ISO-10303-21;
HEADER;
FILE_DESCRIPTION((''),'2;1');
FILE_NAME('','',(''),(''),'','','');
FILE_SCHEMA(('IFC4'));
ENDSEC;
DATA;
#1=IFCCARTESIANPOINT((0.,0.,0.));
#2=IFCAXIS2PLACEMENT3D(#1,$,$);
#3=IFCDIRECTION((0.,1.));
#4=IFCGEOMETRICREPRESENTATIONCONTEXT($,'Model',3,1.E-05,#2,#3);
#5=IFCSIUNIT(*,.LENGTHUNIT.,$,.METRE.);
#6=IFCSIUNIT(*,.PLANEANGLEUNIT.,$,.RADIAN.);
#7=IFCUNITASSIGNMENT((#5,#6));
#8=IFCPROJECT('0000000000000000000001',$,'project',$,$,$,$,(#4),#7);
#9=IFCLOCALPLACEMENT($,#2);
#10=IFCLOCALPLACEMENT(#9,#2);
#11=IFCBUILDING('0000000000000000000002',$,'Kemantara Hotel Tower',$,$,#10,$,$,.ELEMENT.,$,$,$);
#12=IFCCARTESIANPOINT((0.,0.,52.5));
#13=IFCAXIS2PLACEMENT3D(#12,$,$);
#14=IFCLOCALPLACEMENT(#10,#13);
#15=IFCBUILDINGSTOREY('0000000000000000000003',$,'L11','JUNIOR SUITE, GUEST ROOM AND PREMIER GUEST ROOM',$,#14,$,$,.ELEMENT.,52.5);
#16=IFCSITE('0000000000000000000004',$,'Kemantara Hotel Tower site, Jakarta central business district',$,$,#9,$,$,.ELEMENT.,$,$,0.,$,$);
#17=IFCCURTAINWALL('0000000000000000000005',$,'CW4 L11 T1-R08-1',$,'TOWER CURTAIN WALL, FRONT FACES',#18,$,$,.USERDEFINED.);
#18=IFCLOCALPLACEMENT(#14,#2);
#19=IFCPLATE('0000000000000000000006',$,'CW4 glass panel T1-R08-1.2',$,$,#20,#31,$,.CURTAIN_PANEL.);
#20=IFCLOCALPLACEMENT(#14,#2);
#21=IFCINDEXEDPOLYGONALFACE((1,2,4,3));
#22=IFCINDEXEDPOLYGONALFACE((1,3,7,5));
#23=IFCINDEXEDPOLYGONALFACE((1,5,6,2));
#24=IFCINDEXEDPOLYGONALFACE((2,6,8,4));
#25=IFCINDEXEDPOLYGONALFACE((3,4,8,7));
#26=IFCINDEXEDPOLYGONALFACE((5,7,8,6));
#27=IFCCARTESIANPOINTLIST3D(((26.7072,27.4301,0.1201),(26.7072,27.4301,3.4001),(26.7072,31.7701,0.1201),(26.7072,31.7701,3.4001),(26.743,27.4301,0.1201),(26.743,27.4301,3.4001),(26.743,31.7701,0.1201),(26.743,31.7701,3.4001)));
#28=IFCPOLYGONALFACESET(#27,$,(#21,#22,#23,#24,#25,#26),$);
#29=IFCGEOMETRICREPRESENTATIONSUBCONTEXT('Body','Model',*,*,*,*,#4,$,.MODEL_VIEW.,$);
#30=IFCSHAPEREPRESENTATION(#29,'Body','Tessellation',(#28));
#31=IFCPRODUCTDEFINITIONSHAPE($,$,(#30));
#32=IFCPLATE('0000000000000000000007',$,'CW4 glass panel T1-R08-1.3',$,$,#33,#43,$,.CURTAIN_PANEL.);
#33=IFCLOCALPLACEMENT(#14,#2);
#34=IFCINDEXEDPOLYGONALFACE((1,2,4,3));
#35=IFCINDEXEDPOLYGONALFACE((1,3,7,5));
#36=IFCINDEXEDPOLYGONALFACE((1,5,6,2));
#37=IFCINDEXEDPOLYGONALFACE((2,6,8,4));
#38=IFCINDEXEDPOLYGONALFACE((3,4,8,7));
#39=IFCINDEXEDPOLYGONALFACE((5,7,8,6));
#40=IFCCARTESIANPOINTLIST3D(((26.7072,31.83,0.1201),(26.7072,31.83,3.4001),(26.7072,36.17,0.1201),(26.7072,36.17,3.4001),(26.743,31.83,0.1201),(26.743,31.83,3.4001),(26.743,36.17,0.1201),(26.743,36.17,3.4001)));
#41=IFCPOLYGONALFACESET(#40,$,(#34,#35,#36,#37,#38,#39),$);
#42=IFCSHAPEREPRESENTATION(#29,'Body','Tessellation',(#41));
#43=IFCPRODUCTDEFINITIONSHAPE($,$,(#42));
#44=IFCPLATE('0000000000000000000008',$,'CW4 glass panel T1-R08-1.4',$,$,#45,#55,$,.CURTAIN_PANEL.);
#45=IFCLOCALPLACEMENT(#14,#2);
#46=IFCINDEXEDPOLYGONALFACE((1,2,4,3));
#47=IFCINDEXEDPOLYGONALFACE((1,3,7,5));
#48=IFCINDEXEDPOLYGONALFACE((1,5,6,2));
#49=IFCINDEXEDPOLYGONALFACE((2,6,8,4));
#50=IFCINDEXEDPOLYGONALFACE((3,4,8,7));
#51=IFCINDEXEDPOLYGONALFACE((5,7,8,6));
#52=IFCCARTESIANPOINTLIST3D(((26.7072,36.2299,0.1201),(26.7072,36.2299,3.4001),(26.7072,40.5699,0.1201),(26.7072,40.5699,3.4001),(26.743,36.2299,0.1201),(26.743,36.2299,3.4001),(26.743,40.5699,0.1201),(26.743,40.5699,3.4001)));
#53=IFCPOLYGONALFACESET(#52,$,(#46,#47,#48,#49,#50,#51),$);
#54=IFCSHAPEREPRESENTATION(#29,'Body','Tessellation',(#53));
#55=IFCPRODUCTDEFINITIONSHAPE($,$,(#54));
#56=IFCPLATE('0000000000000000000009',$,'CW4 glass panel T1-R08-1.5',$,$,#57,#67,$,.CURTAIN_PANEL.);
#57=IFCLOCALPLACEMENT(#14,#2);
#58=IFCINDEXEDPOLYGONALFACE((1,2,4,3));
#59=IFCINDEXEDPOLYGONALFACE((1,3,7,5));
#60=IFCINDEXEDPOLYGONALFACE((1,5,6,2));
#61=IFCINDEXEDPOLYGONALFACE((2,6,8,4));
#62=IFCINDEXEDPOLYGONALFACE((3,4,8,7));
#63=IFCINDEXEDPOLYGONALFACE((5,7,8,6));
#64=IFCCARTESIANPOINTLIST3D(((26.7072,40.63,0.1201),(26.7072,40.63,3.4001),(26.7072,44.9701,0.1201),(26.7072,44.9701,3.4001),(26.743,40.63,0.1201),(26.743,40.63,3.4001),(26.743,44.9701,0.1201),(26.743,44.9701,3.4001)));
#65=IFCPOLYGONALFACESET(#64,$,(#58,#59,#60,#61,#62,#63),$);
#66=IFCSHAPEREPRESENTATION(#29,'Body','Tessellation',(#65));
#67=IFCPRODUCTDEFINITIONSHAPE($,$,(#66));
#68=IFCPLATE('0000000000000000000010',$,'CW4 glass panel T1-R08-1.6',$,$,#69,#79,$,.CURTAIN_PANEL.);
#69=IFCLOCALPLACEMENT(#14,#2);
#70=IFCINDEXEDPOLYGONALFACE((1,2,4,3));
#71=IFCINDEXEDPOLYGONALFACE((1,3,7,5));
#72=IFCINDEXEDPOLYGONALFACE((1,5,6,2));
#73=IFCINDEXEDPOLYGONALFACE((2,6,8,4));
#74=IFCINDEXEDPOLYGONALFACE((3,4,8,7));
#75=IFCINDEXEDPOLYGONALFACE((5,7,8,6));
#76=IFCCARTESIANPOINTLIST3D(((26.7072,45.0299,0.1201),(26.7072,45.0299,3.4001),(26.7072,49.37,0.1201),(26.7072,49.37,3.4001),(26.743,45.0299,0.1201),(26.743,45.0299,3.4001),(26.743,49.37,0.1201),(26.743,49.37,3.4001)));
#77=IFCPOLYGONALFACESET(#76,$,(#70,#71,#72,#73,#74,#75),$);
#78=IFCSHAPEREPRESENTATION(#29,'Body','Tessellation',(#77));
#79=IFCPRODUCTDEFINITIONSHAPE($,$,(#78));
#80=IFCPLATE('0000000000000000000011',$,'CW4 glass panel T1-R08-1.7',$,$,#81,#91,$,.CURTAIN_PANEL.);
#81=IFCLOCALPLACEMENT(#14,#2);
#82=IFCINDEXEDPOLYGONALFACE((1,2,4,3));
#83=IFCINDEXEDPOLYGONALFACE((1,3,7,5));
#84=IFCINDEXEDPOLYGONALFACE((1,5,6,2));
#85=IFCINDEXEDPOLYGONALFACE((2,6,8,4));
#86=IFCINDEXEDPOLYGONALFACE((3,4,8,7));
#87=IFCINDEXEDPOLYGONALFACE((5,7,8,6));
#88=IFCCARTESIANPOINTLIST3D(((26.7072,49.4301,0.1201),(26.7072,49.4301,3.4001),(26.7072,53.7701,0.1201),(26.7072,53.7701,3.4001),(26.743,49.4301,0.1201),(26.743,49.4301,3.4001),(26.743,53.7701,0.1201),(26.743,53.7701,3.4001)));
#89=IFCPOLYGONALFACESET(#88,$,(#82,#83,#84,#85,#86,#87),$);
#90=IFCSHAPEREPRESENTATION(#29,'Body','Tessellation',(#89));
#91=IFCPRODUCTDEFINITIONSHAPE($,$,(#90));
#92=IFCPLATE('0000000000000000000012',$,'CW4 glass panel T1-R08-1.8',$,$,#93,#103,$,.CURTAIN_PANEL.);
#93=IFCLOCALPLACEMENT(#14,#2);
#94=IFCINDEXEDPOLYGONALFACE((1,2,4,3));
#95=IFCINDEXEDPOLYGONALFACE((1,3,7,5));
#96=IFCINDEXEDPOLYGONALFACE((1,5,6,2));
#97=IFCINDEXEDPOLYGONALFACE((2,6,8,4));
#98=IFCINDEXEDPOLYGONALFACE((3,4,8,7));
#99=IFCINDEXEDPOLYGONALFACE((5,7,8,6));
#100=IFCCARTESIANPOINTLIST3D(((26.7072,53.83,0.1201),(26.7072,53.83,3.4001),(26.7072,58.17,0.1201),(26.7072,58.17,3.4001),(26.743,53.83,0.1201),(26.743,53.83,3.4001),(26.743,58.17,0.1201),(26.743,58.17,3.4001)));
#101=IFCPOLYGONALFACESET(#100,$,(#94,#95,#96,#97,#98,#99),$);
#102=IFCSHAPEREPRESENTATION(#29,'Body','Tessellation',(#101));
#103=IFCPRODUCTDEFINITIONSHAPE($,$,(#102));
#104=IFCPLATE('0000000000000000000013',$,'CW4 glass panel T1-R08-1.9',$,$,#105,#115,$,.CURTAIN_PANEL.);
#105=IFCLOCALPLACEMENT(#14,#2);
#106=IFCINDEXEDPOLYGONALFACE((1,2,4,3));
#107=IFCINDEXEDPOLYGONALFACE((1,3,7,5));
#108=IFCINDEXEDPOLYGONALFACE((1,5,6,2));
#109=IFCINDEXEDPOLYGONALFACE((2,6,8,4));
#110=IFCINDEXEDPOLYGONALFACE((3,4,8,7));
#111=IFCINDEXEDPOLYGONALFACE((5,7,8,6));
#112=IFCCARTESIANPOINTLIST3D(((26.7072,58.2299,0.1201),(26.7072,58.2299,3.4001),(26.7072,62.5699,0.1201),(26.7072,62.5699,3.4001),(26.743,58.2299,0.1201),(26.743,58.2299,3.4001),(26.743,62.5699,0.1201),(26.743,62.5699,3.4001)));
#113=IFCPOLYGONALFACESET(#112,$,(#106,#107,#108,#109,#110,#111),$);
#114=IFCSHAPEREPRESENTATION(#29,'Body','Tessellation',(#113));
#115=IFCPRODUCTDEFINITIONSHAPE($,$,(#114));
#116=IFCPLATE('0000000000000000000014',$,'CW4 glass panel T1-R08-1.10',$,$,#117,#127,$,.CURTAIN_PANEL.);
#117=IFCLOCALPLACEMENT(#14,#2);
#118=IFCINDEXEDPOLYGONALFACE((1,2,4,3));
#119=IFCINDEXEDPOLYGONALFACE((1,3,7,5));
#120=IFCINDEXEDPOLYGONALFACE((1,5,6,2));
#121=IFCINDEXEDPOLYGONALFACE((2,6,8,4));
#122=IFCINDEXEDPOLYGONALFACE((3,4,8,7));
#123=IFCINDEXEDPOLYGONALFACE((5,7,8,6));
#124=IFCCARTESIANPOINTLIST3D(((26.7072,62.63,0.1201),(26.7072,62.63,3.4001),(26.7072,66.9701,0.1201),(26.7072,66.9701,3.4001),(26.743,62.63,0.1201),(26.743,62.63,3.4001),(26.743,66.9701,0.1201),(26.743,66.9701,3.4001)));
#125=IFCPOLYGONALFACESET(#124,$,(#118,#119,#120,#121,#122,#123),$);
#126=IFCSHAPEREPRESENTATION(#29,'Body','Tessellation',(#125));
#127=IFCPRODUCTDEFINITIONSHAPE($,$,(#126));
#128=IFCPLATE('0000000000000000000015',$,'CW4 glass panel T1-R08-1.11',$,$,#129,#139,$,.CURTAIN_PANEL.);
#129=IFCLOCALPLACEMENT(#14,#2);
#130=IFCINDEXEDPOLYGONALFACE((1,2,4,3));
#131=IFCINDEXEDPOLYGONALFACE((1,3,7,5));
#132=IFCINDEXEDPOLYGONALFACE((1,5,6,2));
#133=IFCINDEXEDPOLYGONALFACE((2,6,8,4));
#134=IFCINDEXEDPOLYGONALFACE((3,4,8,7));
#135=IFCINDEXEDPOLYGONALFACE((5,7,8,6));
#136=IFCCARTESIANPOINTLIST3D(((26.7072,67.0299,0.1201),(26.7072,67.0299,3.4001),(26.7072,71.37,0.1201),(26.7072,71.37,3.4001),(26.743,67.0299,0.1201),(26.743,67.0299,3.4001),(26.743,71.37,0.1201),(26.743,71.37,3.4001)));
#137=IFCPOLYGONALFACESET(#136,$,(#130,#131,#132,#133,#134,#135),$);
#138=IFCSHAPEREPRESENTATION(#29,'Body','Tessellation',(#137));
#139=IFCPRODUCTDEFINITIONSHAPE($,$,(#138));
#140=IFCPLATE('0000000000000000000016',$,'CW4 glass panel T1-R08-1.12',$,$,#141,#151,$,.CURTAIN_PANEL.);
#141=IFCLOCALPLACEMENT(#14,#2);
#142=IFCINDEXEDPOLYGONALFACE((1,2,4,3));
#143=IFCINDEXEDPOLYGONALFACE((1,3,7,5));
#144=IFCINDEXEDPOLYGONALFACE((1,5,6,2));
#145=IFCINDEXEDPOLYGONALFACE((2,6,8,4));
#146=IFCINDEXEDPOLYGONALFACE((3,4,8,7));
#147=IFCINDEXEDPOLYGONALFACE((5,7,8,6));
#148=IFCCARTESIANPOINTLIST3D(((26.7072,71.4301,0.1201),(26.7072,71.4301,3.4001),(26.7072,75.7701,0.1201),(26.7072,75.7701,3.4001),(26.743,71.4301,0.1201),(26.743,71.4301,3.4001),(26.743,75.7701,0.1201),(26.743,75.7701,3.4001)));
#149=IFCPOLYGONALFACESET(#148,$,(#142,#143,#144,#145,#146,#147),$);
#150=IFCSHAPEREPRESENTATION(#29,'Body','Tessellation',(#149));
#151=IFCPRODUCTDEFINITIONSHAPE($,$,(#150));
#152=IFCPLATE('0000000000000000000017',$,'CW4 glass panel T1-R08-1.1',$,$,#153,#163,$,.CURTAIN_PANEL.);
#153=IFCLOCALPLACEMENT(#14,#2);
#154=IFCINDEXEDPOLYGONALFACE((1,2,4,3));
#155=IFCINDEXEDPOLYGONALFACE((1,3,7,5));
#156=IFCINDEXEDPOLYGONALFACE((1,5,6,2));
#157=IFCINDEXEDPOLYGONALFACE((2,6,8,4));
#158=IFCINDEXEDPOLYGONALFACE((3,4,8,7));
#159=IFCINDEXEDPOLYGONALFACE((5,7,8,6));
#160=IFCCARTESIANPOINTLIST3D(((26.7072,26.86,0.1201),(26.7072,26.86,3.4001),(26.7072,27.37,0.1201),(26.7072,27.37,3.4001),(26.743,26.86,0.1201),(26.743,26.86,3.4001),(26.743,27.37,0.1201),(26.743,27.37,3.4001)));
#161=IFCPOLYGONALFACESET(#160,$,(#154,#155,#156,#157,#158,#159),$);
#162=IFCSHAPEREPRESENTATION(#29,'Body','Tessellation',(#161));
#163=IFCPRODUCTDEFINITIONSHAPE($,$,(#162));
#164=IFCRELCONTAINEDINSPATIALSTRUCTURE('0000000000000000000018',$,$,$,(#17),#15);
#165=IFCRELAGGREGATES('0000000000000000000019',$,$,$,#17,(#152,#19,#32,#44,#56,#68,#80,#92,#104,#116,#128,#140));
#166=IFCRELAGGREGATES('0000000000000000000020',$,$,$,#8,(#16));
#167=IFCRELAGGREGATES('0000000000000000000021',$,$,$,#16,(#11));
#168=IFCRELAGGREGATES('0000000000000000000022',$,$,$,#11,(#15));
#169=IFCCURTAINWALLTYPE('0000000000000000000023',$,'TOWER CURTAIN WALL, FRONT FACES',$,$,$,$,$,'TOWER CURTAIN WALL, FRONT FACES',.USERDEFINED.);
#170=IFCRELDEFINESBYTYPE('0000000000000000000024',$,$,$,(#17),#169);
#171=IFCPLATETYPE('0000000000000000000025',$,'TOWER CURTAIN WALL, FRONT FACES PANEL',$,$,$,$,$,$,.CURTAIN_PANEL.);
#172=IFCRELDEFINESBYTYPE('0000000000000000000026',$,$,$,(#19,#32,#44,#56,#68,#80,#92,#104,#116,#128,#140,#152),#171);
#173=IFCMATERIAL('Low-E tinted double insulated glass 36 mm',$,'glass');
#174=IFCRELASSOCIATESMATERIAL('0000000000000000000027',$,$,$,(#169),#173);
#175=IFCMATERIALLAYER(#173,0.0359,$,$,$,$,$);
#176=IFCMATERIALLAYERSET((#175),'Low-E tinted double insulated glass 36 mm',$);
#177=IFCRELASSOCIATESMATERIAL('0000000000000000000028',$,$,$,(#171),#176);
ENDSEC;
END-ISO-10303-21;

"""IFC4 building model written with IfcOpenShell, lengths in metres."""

from ifc_helpers import new_model, si_unit, direction, frame, origin, origin_2d, place, context, subcontext, project, spatial, rectangle, extrude, source, transform, mapped, material, layer, layer_set, type_object, element, aggregate, save


model = new_model("IFC4")

# Units and contexts
model_context = context("Model", 3, precision=1e-05, world=origin(), true_north=direction((0.0, 1.0)))
body_context = subcontext(model_context, "Body", "Model", "MODEL_VIEW")
ifc_project = project(units=[si_unit("LENGTHUNIT", "METRE"), si_unit("PLANEANGLEUNIT", "RADIAN")], contexts=[model_context])

# Site, building, storey
site_placement = place(None, origin())
site = spatial("IfcSite", under=ifc_project, at=site_placement, Name="Kemantara Hotel Tower site, Jakarta central business district", CompositionType="ELEMENT", RefElevation=0.0)
building_placement = place(site_placement, origin())
building = spatial("IfcBuilding", under=site, at=building_placement, Name="Kemantara Hotel Tower", CompositionType="ELEMENT")
storey_placement = place(building_placement, frame((0.0, 0.0, 52.5)))
storey = spatial("IfcBuildingStorey", under=building, at=storey_placement, Name="L11", Description="JUNIOR SUITE, GUEST ROOM AND PREMIER GUEST ROOM", CompositionType="ELEMENT", Elevation=52.5)

# Curtain wall
ifc_material_1 = material(Name="Low-E tinted double insulated glass 36 mm", Category="glass")
curtain_wall_type = type_object("IfcCurtainWallType", Name="TOWER CURTAIN WALL, FRONT FACES", ElementType="TOWER CURTAIN WALL, FRONT FACES", PredefinedType="USERDEFINED", material=ifc_material_1)
curtain_wall_1_placement = place(storey_placement, origin())
curtain_wall_1 = element("IfcCurtainWall", 1, at=curtain_wall_1_placement, inside=storey, type_object=curtain_wall_type, Name="CW4 L11 T1-R08-1", ObjectType="TOWER CURTAIN WALL, FRONT FACES", PredefinedType="USERDEFINED")

# Plates
ifc_layer = layer(ifc_material_1, 0.0359)
ifc_layer_set = layer_set([ifc_layer], Name="Low-E tinted double insulated glass 36 mm")
plate_type = type_object("IfcPlateType", Name="TOWER CURTAIN WALL, FRONT FACES PANEL", PredefinedType="CURTAIN_PANEL", material=ifc_layer_set)
shared_shape_1 = source(origin(), body_context, "Body", "SweptSolid", [
    extrude(rectangle(XDim=4.3401, YDim=0.0359, at=origin_2d()), origin(), (0.0, 0.0, 1.0), 3.28),
])
plate_1_placement = place(storey_placement, frame((26.7251, 29.6001, 0.1201), z_axis=(0.0, 0.0, 1.0), x_axis=(0.0, 1.0, 0.0)))
plate_1 = element("IfcPlate", 2, at=plate_1_placement, type_object=plate_type, Name="CW4 glass panel T1-R08-1.2", PredefinedType="CURTAIN_PANEL", context=body_context, shape_type="MappedRepresentation", body=[
    mapped(shared_shape_1, transform((0.0, 0.0, 0.0))),
])
plate_2_placement = place(storey_placement, frame((26.7251, 34.0, 0.1201), z_axis=(0.0, 0.0, 1.0), x_axis=(0.0, 1.0, 0.0)))
plate_2 = element("IfcPlate", 3, at=plate_2_placement, type_object=plate_type, Name="CW4 glass panel T1-R08-1.3", PredefinedType="CURTAIN_PANEL", context=body_context, shape_type="MappedRepresentation", body=[
    mapped(shared_shape_1, transform((0.0, 0.0, 0.0))),
])
plate_3_placement = place(storey_placement, frame((26.7251, 38.3999, 0.1201), z_axis=(0.0, 0.0, 1.0), x_axis=(0.0, 1.0, 0.0)))
plate_3 = element("IfcPlate", 4, at=plate_3_placement, type_object=plate_type, Name="CW4 glass panel T1-R08-1.4", PredefinedType="CURTAIN_PANEL", context=body_context, shape_type="MappedRepresentation", body=[
    mapped(shared_shape_1, transform((0.0, 0.0, 0.0))),
])
plate_4_placement = place(storey_placement, frame((26.7251, 42.8, 0.1201), z_axis=(0.0, 0.0, 1.0), x_axis=(0.0, 1.0, 0.0)))
plate_4 = element("IfcPlate", 5, at=plate_4_placement, type_object=plate_type, Name="CW4 glass panel T1-R08-1.5", PredefinedType="CURTAIN_PANEL", context=body_context, shape_type="MappedRepresentation", body=[
    mapped(shared_shape_1, transform((0.0, 0.0, 0.0))),
])
plate_5_placement = place(storey_placement, frame((26.7251, 47.2, 0.1201), z_axis=(0.0, 0.0, 1.0), x_axis=(0.0, 1.0, 0.0)))
plate_5 = element("IfcPlate", 6, at=plate_5_placement, type_object=plate_type, Name="CW4 glass panel T1-R08-1.6", PredefinedType="CURTAIN_PANEL", context=body_context, shape_type="MappedRepresentation", body=[
    mapped(shared_shape_1, transform((0.0, 0.0, 0.0))),
])
plate_6_placement = place(storey_placement, frame((26.7251, 51.6001, 0.1201), z_axis=(0.0, 0.0, 1.0), x_axis=(0.0, 1.0, 0.0)))
plate_6 = element("IfcPlate", 7, at=plate_6_placement, type_object=plate_type, Name="CW4 glass panel T1-R08-1.7", PredefinedType="CURTAIN_PANEL", context=body_context, shape_type="MappedRepresentation", body=[
    mapped(shared_shape_1, transform((0.0, 0.0, 0.0))),
])
plate_7_placement = place(storey_placement, frame((26.7251, 56.0, 0.1201), z_axis=(0.0, 0.0, 1.0), x_axis=(0.0, 1.0, 0.0)))
plate_7 = element("IfcPlate", 8, at=plate_7_placement, type_object=plate_type, Name="CW4 glass panel T1-R08-1.8", PredefinedType="CURTAIN_PANEL", context=body_context, shape_type="MappedRepresentation", body=[
    mapped(shared_shape_1, transform((0.0, 0.0, 0.0))),
])
plate_8_placement = place(storey_placement, frame((26.7251, 60.3999, 0.1201), z_axis=(0.0, 0.0, 1.0), x_axis=(0.0, 1.0, 0.0)))
plate_8 = element("IfcPlate", 9, at=plate_8_placement, type_object=plate_type, Name="CW4 glass panel T1-R08-1.9", PredefinedType="CURTAIN_PANEL", context=body_context, shape_type="MappedRepresentation", body=[
    mapped(shared_shape_1, transform((0.0, 0.0, 0.0))),
])
plate_9_placement = place(storey_placement, frame((26.7251, 64.8, 0.1201), z_axis=(0.0, 0.0, 1.0), x_axis=(0.0, 1.0, 0.0)))
plate_9 = element("IfcPlate", 10, at=plate_9_placement, type_object=plate_type, Name="CW4 glass panel T1-R08-1.10", PredefinedType="CURTAIN_PANEL", context=body_context, shape_type="MappedRepresentation", body=[
    mapped(shared_shape_1, transform((0.0, 0.0, 0.0))),
])
plate_10_placement = place(storey_placement, frame((26.7251, 69.2, 0.1201), z_axis=(0.0, 0.0, 1.0), x_axis=(0.0, 1.0, 0.0)))
plate_10 = element("IfcPlate", 11, at=plate_10_placement, type_object=plate_type, Name="CW4 glass panel T1-R08-1.11", PredefinedType="CURTAIN_PANEL", context=body_context, shape_type="MappedRepresentation", body=[
    mapped(shared_shape_1, transform((0.0, 0.0, 0.0))),
])
plate_11_placement = place(storey_placement, frame((26.7251, 73.6001, 0.1201), z_axis=(0.0, 0.0, 1.0), x_axis=(0.0, 1.0, 0.0)))
plate_11 = element("IfcPlate", 12, at=plate_11_placement, type_object=plate_type, Name="CW4 glass panel T1-R08-1.12", PredefinedType="CURTAIN_PANEL", context=body_context, shape_type="MappedRepresentation", body=[
    mapped(shared_shape_1, transform((0.0, 0.0, 0.0))),
])
shared_shape_2 = source(origin(), body_context, "Body", "SweptSolid", [
    extrude(rectangle(XDim=0.51, YDim=0.0359, at=origin_2d()), origin(), (0.0, 0.0, 1.0), 3.28),
])
plate_12_placement = place(storey_placement, frame((26.7251, 27.115, 0.1201), z_axis=(0.0, 0.0, 1.0), x_axis=(0.0, 1.0, 0.0)))
plate_12 = element("IfcPlate", 13, at=plate_12_placement, type_object=plate_type, Name="CW4 glass panel T1-R08-1.1", PredefinedType="CURTAIN_PANEL", context=body_context, shape_type="MappedRepresentation", body=[
    mapped(shared_shape_2, transform((0.0, 0.0, 0.0))),
])
aggregate(curtain_wall_1, [plate_12, plate_1, plate_2, plate_3, plate_4, plate_5, plate_6, plate_7, plate_8, plate_9, plate_10, plate_11])

save(model, "model.ifc")
